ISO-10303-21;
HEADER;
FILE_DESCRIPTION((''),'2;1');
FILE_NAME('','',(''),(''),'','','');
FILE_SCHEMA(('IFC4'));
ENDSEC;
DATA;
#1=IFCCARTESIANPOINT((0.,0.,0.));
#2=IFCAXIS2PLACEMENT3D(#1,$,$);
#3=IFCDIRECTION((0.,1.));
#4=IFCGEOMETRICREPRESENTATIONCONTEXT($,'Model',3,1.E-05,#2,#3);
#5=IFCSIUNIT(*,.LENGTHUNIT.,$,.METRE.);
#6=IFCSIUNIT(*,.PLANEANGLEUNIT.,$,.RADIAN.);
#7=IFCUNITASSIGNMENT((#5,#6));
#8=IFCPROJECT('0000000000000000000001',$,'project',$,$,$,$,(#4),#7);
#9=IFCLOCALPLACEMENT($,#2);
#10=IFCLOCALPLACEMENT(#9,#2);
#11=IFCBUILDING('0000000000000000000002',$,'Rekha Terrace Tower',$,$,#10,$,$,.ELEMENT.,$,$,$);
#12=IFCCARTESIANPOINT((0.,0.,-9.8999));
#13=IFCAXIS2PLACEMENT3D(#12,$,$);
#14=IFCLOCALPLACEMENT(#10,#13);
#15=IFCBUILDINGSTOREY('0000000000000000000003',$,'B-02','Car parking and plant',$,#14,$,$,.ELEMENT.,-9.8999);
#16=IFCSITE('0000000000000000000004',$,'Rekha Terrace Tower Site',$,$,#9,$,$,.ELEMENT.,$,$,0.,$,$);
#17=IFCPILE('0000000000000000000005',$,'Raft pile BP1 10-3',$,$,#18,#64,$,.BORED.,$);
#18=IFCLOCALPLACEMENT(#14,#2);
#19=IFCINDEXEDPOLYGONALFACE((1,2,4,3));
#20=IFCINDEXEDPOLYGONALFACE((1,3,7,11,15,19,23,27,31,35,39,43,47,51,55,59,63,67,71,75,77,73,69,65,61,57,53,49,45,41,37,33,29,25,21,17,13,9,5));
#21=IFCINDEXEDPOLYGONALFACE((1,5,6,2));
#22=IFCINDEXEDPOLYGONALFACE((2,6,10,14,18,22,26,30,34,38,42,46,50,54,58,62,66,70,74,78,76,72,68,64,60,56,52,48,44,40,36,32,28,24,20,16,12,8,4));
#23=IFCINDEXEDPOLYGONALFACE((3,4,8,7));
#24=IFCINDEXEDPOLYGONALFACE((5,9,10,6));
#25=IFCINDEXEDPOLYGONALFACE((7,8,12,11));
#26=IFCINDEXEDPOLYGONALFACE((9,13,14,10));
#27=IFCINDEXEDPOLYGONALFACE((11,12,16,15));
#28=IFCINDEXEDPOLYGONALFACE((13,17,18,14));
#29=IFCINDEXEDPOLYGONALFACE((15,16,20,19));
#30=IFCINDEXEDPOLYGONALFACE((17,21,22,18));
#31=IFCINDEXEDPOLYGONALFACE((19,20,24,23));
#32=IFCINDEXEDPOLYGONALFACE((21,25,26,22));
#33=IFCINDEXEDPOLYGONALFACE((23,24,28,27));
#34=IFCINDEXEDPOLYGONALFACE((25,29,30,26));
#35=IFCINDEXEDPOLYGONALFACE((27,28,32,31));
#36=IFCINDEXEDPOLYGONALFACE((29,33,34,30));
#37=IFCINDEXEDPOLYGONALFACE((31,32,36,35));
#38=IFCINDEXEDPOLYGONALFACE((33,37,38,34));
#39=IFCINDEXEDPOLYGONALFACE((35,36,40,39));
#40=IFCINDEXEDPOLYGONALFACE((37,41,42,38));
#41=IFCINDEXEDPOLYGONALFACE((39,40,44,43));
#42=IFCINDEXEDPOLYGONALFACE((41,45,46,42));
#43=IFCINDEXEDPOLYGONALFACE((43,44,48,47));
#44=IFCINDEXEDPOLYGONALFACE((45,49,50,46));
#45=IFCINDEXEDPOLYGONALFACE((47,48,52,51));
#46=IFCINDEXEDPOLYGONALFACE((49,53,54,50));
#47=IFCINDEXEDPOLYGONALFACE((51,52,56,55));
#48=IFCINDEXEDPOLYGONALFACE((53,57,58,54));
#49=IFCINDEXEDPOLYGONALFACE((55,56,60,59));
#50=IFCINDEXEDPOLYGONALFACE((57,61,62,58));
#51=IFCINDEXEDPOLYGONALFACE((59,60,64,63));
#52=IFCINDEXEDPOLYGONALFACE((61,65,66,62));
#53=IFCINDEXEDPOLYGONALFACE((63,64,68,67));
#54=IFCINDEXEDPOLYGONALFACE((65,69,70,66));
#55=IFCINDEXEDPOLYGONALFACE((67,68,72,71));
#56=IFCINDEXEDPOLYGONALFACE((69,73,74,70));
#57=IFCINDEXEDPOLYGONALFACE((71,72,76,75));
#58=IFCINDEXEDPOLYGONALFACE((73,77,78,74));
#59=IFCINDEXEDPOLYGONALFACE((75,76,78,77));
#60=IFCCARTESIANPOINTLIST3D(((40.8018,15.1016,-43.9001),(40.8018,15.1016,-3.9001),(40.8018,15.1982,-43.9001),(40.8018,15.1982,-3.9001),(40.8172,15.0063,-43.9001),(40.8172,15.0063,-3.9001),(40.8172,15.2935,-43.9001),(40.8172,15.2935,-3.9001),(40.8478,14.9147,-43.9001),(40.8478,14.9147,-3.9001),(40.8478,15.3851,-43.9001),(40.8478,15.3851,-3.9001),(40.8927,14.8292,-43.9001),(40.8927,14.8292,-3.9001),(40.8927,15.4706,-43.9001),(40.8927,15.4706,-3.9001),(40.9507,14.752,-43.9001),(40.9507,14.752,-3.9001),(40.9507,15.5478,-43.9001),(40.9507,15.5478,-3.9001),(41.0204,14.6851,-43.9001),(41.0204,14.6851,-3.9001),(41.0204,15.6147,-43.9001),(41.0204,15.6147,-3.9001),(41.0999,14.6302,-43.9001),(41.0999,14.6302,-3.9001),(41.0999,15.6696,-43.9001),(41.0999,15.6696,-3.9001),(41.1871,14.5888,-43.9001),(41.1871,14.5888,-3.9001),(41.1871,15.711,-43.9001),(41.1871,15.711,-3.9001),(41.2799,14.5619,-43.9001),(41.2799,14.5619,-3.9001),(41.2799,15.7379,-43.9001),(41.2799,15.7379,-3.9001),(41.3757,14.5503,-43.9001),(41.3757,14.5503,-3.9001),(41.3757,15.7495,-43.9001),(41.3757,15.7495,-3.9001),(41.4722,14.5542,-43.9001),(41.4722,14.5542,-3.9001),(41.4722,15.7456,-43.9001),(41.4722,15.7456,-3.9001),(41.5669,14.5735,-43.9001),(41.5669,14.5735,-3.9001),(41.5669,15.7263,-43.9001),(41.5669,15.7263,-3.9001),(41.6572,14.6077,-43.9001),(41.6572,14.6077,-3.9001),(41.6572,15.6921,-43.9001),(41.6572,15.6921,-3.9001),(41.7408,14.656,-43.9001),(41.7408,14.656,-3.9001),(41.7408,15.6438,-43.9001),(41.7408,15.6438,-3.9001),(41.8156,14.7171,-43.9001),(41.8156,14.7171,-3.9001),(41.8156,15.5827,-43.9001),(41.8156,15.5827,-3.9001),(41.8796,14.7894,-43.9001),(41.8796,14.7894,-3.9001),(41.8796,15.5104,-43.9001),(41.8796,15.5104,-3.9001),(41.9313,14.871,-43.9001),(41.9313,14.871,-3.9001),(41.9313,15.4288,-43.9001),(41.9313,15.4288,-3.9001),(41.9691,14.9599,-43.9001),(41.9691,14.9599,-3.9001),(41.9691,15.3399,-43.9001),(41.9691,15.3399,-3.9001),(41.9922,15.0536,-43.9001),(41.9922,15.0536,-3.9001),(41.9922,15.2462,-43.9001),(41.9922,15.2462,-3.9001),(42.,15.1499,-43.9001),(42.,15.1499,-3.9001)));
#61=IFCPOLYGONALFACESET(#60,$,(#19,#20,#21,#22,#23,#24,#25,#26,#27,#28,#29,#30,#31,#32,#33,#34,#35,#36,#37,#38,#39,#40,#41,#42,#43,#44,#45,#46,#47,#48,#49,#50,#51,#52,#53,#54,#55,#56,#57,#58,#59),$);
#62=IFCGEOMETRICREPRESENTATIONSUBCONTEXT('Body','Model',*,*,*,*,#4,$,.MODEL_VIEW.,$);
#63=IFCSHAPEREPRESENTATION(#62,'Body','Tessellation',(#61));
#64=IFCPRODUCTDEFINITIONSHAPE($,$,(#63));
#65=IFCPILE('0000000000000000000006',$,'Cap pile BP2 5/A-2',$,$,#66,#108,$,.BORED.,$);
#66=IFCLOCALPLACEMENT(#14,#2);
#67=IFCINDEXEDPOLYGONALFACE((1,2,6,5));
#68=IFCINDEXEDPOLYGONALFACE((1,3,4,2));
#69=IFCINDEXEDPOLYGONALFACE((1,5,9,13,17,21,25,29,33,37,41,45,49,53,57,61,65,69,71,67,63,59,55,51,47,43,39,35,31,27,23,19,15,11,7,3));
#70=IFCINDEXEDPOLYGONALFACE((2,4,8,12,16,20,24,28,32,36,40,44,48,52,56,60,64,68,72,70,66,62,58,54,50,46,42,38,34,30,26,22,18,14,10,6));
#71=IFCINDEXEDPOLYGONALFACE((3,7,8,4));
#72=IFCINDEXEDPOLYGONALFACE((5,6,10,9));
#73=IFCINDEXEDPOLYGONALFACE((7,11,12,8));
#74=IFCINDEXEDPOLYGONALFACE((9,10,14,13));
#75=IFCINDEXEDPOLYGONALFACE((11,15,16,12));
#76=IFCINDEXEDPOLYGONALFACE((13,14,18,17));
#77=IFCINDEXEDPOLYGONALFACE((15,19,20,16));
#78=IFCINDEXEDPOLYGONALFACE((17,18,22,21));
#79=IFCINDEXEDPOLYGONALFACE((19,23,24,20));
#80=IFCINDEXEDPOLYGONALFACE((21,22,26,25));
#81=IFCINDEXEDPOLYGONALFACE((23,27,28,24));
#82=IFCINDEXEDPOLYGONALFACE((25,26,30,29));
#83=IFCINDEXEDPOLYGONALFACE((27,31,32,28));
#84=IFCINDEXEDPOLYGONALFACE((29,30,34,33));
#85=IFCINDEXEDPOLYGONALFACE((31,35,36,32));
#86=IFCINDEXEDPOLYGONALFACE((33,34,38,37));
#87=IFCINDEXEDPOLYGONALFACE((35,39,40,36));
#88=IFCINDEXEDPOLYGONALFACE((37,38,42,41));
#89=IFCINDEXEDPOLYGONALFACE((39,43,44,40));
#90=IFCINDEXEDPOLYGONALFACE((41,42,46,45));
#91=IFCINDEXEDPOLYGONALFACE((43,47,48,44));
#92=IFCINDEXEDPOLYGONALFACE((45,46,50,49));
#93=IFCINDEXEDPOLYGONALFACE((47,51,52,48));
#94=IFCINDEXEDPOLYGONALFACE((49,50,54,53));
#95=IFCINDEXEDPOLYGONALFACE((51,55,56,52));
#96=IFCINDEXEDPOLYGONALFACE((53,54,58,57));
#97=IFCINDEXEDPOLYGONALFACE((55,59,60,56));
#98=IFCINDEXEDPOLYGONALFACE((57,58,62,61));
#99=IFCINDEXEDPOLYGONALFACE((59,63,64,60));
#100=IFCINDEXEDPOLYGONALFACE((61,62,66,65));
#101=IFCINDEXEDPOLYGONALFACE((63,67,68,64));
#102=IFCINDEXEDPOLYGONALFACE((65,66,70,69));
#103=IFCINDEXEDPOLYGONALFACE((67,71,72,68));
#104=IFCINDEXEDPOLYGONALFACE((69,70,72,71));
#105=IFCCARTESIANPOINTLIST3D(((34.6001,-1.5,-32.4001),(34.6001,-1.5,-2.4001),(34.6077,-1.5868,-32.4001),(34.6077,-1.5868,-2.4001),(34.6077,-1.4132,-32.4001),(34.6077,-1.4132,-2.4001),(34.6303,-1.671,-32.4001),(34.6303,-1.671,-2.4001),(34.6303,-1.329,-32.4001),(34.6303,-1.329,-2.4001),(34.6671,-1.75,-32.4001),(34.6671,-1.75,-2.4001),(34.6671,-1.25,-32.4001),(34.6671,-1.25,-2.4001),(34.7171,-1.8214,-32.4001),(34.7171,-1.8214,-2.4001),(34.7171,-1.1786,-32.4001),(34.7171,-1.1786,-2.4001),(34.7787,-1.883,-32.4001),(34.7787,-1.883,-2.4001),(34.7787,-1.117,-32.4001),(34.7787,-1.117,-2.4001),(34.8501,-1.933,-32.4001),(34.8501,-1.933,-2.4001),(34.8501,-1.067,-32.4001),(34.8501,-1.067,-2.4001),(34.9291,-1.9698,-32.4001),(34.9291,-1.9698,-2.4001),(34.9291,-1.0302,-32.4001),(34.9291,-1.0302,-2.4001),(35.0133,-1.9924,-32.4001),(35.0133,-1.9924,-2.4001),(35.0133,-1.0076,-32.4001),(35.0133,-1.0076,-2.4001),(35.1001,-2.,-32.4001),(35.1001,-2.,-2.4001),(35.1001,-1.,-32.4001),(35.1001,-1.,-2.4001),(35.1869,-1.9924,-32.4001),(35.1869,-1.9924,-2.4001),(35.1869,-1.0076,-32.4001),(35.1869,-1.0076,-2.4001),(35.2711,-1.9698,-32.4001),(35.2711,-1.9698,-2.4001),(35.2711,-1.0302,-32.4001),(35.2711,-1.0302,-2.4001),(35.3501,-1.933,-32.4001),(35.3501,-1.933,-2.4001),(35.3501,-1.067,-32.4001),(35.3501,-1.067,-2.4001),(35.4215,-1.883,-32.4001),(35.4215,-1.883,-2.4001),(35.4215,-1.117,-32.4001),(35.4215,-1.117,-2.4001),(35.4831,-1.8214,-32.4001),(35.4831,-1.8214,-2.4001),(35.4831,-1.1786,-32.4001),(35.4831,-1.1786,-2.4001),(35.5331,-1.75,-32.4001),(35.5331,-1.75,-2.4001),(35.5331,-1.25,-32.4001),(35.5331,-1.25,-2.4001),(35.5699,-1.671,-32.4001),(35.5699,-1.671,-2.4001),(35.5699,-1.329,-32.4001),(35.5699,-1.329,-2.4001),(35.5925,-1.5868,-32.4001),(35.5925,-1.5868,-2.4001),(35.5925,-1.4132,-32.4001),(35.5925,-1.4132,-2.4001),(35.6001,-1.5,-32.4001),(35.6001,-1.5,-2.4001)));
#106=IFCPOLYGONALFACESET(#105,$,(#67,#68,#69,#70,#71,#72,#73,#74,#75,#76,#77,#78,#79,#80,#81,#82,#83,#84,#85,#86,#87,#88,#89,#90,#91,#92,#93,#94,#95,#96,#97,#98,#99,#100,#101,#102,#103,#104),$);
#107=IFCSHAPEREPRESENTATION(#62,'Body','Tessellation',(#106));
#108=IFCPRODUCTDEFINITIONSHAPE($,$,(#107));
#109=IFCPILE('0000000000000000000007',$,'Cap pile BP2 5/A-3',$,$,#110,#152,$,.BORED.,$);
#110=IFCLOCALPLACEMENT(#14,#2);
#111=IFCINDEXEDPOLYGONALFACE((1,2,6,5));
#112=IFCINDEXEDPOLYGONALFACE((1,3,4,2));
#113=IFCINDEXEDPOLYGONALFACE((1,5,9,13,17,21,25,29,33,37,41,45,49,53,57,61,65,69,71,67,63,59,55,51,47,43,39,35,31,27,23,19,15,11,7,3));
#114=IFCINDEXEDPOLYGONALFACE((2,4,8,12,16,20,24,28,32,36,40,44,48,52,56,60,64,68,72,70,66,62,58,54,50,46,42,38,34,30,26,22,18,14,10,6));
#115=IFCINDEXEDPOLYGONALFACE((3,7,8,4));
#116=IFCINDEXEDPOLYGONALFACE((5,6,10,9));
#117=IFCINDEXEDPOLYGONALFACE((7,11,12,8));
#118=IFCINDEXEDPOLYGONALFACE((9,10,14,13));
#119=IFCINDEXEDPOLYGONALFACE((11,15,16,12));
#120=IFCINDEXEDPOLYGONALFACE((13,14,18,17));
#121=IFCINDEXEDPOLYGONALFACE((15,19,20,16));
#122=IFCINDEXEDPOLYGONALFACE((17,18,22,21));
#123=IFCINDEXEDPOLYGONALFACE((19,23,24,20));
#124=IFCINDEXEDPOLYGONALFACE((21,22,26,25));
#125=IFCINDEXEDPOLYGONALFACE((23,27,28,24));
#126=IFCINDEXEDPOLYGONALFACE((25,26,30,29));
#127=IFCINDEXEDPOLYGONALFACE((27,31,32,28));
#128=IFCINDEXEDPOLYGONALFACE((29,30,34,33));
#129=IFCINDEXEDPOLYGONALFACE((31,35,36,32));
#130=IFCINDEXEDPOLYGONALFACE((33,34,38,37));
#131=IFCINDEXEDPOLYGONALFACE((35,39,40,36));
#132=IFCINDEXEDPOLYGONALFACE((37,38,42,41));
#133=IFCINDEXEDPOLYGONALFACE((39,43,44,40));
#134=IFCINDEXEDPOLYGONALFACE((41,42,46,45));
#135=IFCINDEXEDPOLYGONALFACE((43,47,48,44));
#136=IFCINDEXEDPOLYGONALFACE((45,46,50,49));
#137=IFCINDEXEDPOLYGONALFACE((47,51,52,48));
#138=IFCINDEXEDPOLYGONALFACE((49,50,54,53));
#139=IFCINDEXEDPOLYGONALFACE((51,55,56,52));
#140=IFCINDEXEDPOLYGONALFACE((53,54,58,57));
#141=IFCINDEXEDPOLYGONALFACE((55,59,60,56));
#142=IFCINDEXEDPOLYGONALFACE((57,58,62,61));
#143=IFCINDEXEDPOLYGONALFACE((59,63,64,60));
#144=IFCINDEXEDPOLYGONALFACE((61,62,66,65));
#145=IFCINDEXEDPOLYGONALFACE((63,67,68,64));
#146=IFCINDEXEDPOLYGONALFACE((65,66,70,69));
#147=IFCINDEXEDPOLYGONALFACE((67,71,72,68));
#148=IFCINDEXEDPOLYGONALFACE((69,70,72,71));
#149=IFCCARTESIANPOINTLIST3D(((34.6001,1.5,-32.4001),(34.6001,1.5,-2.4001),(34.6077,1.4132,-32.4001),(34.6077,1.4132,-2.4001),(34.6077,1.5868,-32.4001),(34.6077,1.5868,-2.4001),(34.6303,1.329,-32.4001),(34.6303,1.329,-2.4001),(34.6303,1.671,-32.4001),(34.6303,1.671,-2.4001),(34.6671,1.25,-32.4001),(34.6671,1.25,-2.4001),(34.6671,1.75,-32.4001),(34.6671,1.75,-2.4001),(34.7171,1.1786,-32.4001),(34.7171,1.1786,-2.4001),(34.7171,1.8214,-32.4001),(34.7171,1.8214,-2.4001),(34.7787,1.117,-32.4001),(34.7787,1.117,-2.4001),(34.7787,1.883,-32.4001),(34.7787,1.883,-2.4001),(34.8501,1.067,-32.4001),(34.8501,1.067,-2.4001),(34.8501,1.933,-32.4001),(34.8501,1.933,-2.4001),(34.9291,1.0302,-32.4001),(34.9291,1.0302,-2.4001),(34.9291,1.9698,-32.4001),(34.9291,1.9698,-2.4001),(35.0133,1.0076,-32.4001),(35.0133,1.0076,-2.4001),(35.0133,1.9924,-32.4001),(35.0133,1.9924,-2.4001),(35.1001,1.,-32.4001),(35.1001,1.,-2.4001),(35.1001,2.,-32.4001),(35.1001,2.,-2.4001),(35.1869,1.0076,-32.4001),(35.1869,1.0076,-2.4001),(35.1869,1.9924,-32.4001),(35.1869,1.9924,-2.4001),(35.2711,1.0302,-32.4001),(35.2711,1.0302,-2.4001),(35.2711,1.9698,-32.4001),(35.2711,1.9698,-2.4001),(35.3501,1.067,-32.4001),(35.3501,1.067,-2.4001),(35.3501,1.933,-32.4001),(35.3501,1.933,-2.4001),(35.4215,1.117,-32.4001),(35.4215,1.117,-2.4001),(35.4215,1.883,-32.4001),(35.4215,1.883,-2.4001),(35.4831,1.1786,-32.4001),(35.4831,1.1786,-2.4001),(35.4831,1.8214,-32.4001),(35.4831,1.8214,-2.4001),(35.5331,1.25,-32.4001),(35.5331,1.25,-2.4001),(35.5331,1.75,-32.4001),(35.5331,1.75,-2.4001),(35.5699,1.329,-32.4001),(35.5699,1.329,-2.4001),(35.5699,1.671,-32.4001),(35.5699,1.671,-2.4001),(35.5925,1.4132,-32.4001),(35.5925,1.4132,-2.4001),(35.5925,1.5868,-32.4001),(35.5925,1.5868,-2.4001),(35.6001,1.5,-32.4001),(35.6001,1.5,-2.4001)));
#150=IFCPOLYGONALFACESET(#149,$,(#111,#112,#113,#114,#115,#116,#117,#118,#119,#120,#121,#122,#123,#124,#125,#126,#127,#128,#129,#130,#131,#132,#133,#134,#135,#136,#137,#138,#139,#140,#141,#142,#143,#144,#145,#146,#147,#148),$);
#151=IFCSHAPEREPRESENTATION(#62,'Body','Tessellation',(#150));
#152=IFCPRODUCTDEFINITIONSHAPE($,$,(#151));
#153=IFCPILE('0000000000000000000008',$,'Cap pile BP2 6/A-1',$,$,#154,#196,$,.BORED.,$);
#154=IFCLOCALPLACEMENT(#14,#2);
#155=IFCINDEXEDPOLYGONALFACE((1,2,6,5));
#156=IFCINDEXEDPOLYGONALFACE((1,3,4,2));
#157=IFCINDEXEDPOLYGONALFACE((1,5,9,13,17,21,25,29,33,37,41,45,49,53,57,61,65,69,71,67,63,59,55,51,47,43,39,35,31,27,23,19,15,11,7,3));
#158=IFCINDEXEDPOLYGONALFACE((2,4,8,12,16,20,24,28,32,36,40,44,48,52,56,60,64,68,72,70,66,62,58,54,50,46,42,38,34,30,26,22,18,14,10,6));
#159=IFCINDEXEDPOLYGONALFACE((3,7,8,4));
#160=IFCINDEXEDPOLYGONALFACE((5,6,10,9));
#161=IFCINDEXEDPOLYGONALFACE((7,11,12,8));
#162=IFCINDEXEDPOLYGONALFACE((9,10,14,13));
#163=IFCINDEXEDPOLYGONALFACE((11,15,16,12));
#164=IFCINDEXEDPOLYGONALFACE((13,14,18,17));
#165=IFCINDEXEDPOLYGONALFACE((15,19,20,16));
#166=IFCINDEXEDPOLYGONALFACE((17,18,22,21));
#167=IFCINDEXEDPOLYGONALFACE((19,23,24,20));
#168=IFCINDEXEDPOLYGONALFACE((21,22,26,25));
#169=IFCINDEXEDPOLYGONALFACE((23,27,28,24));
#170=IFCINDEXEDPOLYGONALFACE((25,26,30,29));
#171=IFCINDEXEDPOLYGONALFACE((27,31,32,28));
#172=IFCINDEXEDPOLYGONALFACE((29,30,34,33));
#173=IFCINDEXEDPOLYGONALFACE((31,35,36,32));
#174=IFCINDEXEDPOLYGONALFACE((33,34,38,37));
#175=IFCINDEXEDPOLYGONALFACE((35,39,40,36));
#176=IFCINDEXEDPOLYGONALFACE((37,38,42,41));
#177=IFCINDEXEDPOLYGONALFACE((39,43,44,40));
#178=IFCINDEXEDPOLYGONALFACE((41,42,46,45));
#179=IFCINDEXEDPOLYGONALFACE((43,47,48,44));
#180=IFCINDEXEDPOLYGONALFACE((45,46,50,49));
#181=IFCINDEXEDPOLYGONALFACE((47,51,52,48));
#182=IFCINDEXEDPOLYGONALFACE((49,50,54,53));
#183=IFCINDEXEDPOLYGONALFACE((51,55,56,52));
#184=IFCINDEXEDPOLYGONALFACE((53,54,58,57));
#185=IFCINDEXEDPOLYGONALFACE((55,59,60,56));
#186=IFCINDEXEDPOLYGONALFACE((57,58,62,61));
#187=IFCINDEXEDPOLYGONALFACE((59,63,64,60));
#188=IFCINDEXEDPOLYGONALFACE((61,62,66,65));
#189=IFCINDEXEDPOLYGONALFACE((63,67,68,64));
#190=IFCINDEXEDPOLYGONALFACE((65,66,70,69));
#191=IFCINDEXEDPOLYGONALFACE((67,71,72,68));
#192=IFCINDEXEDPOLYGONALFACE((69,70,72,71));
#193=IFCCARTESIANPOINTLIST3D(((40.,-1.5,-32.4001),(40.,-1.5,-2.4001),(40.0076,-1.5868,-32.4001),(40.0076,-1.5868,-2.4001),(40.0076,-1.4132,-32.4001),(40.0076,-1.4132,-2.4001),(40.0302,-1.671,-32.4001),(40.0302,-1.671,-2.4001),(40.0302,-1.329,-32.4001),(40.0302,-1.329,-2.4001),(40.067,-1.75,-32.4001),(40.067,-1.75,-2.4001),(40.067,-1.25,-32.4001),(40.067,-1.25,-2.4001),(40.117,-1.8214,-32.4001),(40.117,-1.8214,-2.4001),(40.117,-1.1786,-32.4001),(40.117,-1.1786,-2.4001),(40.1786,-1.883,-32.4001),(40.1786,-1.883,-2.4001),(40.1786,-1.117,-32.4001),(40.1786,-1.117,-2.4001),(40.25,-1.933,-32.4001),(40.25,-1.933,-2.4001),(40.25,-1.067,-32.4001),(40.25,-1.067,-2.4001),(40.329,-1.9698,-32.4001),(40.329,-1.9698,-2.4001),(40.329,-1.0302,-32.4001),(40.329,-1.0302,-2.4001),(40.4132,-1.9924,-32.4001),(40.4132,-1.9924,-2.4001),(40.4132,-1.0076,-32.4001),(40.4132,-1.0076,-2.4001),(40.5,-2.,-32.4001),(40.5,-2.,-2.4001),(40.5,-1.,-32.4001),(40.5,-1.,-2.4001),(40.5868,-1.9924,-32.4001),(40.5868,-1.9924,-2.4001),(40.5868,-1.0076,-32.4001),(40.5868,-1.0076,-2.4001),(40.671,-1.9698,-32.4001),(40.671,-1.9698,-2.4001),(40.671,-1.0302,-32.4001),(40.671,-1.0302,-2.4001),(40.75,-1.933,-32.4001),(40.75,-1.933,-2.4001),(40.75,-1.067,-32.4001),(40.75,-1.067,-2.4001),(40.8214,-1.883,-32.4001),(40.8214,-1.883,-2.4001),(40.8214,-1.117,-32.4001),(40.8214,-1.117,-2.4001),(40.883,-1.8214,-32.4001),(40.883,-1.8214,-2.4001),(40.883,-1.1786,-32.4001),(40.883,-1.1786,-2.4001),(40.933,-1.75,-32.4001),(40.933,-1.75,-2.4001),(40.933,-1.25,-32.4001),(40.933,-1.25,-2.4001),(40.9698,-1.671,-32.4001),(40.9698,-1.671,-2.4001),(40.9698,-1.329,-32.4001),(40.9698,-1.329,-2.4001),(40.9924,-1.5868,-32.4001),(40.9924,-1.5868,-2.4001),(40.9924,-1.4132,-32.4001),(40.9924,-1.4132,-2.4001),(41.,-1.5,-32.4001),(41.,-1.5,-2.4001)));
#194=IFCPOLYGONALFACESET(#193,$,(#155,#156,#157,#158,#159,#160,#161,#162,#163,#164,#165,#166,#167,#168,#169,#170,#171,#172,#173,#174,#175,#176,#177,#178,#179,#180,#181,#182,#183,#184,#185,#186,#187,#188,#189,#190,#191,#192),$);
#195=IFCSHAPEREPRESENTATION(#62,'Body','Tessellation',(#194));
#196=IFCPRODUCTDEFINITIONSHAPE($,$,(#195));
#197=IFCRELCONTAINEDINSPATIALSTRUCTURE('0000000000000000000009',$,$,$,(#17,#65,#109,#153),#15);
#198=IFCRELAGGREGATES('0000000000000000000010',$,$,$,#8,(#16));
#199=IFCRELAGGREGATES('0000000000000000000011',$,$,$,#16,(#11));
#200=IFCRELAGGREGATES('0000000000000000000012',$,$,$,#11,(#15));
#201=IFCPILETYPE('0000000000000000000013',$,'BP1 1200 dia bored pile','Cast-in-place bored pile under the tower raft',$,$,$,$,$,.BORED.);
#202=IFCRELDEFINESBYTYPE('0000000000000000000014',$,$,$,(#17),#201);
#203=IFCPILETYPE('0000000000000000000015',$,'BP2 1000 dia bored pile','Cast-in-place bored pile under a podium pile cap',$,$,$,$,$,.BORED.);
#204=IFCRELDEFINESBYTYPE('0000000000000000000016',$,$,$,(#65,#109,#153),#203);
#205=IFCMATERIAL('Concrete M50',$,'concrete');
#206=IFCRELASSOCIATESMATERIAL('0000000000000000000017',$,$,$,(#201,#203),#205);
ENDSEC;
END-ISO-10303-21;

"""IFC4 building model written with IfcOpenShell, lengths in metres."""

from ifc_helpers import new_model, si_unit, direction, frame, origin, origin_2d, place, context, subcontext, project, spatial, circle, extrude, material, type_object, element, save


model = new_model("IFC4")

# Units and contexts
model_context = context("Model", 3, precision=1e-05, world=origin(), true_north=direction((0.0, 1.0)))
body_context = subcontext(model_context, "Body", "Model", "MODEL_VIEW")
ifc_project = project(units=[si_unit("LENGTHUNIT", "METRE"), si_unit("PLANEANGLEUNIT", "RADIAN")], contexts=[model_context])

# Site, building, storey
site_placement = place(None, origin())
site = spatial("IfcSite", under=ifc_project, at=site_placement, Name="Rekha Terrace Tower Site", CompositionType="ELEMENT", RefElevation=0.0)
building_placement = place(site_placement, origin())
building = spatial("IfcBuilding", under=site, at=building_placement, Name="Rekha Terrace Tower", CompositionType="ELEMENT")
storey_placement = place(building_placement, frame((0.0, 0.0, -9.8999)))
storey = spatial("IfcBuildingStorey", under=building, at=storey_placement, Name="B-02", Description="Car parking and plant", CompositionType="ELEMENT", Elevation=-9.8999)

# Piles
ifc_material_1 = material(Name="Concrete M50", Category="concrete")
pile_type_1 = type_object("IfcPileType", Name="BP1 1200 dia bored pile", Description="Cast-in-place bored pile under the tower raft", PredefinedType="BORED", material=ifc_material_1)
for number, where, z_axis, x_axis, name in (
    (1, (41.3999, 15.1499, -3.9001), (0.0, 0.0, -1.0), (1.0, 0.0, 0.0), "Raft pile BP1 10-3"),
):
    element("IfcPile", number, at=place(storey_placement, frame(where, z_axis=z_axis, x_axis=x_axis)), inside=storey, type_object=pile_type_1, Name=name, PredefinedType="BORED", context=body_context, shape_type="SweptSolid", body=[
        extrude(circle(Radius=0.6001, at=origin_2d()), origin(), (0.0, 0.0, 1.0), 40.0),
    ])
pile_type_2 = type_object("IfcPileType", Name="BP2 1000 dia bored pile", Description="Cast-in-place bored pile under a podium pile cap", PredefinedType="BORED", material=ifc_material_1)
for number, where, z_axis, x_axis, name in (
    (2, (35.1001, -1.5, -2.4001), (0.0, 0.0, -1.0), (1.0, 0.0, 0.0), "Cap pile BP2 5/A-2"),
    (3, (35.1001, 1.5, -2.4001), (0.0, 0.0, -1.0), (1.0, 0.0, 0.0), "Cap pile BP2 5/A-3"),
    (4, (40.5, -1.5, -2.4001), (0.0, 0.0, -1.0), (1.0, 0.0, 0.0), "Cap pile BP2 6/A-1"),
):
    element("IfcPile", number, at=place(storey_placement, frame(where, z_axis=z_axis, x_axis=x_axis)), inside=storey, type_object=pile_type_2, Name=name, PredefinedType="BORED", context=body_context, shape_type="SweptSolid", body=[
        extrude(circle(Radius=0.5, at=origin_2d()), origin(), (0.0, 0.0, 1.0), 30.0),
    ])

save(model, "model.ifc")
